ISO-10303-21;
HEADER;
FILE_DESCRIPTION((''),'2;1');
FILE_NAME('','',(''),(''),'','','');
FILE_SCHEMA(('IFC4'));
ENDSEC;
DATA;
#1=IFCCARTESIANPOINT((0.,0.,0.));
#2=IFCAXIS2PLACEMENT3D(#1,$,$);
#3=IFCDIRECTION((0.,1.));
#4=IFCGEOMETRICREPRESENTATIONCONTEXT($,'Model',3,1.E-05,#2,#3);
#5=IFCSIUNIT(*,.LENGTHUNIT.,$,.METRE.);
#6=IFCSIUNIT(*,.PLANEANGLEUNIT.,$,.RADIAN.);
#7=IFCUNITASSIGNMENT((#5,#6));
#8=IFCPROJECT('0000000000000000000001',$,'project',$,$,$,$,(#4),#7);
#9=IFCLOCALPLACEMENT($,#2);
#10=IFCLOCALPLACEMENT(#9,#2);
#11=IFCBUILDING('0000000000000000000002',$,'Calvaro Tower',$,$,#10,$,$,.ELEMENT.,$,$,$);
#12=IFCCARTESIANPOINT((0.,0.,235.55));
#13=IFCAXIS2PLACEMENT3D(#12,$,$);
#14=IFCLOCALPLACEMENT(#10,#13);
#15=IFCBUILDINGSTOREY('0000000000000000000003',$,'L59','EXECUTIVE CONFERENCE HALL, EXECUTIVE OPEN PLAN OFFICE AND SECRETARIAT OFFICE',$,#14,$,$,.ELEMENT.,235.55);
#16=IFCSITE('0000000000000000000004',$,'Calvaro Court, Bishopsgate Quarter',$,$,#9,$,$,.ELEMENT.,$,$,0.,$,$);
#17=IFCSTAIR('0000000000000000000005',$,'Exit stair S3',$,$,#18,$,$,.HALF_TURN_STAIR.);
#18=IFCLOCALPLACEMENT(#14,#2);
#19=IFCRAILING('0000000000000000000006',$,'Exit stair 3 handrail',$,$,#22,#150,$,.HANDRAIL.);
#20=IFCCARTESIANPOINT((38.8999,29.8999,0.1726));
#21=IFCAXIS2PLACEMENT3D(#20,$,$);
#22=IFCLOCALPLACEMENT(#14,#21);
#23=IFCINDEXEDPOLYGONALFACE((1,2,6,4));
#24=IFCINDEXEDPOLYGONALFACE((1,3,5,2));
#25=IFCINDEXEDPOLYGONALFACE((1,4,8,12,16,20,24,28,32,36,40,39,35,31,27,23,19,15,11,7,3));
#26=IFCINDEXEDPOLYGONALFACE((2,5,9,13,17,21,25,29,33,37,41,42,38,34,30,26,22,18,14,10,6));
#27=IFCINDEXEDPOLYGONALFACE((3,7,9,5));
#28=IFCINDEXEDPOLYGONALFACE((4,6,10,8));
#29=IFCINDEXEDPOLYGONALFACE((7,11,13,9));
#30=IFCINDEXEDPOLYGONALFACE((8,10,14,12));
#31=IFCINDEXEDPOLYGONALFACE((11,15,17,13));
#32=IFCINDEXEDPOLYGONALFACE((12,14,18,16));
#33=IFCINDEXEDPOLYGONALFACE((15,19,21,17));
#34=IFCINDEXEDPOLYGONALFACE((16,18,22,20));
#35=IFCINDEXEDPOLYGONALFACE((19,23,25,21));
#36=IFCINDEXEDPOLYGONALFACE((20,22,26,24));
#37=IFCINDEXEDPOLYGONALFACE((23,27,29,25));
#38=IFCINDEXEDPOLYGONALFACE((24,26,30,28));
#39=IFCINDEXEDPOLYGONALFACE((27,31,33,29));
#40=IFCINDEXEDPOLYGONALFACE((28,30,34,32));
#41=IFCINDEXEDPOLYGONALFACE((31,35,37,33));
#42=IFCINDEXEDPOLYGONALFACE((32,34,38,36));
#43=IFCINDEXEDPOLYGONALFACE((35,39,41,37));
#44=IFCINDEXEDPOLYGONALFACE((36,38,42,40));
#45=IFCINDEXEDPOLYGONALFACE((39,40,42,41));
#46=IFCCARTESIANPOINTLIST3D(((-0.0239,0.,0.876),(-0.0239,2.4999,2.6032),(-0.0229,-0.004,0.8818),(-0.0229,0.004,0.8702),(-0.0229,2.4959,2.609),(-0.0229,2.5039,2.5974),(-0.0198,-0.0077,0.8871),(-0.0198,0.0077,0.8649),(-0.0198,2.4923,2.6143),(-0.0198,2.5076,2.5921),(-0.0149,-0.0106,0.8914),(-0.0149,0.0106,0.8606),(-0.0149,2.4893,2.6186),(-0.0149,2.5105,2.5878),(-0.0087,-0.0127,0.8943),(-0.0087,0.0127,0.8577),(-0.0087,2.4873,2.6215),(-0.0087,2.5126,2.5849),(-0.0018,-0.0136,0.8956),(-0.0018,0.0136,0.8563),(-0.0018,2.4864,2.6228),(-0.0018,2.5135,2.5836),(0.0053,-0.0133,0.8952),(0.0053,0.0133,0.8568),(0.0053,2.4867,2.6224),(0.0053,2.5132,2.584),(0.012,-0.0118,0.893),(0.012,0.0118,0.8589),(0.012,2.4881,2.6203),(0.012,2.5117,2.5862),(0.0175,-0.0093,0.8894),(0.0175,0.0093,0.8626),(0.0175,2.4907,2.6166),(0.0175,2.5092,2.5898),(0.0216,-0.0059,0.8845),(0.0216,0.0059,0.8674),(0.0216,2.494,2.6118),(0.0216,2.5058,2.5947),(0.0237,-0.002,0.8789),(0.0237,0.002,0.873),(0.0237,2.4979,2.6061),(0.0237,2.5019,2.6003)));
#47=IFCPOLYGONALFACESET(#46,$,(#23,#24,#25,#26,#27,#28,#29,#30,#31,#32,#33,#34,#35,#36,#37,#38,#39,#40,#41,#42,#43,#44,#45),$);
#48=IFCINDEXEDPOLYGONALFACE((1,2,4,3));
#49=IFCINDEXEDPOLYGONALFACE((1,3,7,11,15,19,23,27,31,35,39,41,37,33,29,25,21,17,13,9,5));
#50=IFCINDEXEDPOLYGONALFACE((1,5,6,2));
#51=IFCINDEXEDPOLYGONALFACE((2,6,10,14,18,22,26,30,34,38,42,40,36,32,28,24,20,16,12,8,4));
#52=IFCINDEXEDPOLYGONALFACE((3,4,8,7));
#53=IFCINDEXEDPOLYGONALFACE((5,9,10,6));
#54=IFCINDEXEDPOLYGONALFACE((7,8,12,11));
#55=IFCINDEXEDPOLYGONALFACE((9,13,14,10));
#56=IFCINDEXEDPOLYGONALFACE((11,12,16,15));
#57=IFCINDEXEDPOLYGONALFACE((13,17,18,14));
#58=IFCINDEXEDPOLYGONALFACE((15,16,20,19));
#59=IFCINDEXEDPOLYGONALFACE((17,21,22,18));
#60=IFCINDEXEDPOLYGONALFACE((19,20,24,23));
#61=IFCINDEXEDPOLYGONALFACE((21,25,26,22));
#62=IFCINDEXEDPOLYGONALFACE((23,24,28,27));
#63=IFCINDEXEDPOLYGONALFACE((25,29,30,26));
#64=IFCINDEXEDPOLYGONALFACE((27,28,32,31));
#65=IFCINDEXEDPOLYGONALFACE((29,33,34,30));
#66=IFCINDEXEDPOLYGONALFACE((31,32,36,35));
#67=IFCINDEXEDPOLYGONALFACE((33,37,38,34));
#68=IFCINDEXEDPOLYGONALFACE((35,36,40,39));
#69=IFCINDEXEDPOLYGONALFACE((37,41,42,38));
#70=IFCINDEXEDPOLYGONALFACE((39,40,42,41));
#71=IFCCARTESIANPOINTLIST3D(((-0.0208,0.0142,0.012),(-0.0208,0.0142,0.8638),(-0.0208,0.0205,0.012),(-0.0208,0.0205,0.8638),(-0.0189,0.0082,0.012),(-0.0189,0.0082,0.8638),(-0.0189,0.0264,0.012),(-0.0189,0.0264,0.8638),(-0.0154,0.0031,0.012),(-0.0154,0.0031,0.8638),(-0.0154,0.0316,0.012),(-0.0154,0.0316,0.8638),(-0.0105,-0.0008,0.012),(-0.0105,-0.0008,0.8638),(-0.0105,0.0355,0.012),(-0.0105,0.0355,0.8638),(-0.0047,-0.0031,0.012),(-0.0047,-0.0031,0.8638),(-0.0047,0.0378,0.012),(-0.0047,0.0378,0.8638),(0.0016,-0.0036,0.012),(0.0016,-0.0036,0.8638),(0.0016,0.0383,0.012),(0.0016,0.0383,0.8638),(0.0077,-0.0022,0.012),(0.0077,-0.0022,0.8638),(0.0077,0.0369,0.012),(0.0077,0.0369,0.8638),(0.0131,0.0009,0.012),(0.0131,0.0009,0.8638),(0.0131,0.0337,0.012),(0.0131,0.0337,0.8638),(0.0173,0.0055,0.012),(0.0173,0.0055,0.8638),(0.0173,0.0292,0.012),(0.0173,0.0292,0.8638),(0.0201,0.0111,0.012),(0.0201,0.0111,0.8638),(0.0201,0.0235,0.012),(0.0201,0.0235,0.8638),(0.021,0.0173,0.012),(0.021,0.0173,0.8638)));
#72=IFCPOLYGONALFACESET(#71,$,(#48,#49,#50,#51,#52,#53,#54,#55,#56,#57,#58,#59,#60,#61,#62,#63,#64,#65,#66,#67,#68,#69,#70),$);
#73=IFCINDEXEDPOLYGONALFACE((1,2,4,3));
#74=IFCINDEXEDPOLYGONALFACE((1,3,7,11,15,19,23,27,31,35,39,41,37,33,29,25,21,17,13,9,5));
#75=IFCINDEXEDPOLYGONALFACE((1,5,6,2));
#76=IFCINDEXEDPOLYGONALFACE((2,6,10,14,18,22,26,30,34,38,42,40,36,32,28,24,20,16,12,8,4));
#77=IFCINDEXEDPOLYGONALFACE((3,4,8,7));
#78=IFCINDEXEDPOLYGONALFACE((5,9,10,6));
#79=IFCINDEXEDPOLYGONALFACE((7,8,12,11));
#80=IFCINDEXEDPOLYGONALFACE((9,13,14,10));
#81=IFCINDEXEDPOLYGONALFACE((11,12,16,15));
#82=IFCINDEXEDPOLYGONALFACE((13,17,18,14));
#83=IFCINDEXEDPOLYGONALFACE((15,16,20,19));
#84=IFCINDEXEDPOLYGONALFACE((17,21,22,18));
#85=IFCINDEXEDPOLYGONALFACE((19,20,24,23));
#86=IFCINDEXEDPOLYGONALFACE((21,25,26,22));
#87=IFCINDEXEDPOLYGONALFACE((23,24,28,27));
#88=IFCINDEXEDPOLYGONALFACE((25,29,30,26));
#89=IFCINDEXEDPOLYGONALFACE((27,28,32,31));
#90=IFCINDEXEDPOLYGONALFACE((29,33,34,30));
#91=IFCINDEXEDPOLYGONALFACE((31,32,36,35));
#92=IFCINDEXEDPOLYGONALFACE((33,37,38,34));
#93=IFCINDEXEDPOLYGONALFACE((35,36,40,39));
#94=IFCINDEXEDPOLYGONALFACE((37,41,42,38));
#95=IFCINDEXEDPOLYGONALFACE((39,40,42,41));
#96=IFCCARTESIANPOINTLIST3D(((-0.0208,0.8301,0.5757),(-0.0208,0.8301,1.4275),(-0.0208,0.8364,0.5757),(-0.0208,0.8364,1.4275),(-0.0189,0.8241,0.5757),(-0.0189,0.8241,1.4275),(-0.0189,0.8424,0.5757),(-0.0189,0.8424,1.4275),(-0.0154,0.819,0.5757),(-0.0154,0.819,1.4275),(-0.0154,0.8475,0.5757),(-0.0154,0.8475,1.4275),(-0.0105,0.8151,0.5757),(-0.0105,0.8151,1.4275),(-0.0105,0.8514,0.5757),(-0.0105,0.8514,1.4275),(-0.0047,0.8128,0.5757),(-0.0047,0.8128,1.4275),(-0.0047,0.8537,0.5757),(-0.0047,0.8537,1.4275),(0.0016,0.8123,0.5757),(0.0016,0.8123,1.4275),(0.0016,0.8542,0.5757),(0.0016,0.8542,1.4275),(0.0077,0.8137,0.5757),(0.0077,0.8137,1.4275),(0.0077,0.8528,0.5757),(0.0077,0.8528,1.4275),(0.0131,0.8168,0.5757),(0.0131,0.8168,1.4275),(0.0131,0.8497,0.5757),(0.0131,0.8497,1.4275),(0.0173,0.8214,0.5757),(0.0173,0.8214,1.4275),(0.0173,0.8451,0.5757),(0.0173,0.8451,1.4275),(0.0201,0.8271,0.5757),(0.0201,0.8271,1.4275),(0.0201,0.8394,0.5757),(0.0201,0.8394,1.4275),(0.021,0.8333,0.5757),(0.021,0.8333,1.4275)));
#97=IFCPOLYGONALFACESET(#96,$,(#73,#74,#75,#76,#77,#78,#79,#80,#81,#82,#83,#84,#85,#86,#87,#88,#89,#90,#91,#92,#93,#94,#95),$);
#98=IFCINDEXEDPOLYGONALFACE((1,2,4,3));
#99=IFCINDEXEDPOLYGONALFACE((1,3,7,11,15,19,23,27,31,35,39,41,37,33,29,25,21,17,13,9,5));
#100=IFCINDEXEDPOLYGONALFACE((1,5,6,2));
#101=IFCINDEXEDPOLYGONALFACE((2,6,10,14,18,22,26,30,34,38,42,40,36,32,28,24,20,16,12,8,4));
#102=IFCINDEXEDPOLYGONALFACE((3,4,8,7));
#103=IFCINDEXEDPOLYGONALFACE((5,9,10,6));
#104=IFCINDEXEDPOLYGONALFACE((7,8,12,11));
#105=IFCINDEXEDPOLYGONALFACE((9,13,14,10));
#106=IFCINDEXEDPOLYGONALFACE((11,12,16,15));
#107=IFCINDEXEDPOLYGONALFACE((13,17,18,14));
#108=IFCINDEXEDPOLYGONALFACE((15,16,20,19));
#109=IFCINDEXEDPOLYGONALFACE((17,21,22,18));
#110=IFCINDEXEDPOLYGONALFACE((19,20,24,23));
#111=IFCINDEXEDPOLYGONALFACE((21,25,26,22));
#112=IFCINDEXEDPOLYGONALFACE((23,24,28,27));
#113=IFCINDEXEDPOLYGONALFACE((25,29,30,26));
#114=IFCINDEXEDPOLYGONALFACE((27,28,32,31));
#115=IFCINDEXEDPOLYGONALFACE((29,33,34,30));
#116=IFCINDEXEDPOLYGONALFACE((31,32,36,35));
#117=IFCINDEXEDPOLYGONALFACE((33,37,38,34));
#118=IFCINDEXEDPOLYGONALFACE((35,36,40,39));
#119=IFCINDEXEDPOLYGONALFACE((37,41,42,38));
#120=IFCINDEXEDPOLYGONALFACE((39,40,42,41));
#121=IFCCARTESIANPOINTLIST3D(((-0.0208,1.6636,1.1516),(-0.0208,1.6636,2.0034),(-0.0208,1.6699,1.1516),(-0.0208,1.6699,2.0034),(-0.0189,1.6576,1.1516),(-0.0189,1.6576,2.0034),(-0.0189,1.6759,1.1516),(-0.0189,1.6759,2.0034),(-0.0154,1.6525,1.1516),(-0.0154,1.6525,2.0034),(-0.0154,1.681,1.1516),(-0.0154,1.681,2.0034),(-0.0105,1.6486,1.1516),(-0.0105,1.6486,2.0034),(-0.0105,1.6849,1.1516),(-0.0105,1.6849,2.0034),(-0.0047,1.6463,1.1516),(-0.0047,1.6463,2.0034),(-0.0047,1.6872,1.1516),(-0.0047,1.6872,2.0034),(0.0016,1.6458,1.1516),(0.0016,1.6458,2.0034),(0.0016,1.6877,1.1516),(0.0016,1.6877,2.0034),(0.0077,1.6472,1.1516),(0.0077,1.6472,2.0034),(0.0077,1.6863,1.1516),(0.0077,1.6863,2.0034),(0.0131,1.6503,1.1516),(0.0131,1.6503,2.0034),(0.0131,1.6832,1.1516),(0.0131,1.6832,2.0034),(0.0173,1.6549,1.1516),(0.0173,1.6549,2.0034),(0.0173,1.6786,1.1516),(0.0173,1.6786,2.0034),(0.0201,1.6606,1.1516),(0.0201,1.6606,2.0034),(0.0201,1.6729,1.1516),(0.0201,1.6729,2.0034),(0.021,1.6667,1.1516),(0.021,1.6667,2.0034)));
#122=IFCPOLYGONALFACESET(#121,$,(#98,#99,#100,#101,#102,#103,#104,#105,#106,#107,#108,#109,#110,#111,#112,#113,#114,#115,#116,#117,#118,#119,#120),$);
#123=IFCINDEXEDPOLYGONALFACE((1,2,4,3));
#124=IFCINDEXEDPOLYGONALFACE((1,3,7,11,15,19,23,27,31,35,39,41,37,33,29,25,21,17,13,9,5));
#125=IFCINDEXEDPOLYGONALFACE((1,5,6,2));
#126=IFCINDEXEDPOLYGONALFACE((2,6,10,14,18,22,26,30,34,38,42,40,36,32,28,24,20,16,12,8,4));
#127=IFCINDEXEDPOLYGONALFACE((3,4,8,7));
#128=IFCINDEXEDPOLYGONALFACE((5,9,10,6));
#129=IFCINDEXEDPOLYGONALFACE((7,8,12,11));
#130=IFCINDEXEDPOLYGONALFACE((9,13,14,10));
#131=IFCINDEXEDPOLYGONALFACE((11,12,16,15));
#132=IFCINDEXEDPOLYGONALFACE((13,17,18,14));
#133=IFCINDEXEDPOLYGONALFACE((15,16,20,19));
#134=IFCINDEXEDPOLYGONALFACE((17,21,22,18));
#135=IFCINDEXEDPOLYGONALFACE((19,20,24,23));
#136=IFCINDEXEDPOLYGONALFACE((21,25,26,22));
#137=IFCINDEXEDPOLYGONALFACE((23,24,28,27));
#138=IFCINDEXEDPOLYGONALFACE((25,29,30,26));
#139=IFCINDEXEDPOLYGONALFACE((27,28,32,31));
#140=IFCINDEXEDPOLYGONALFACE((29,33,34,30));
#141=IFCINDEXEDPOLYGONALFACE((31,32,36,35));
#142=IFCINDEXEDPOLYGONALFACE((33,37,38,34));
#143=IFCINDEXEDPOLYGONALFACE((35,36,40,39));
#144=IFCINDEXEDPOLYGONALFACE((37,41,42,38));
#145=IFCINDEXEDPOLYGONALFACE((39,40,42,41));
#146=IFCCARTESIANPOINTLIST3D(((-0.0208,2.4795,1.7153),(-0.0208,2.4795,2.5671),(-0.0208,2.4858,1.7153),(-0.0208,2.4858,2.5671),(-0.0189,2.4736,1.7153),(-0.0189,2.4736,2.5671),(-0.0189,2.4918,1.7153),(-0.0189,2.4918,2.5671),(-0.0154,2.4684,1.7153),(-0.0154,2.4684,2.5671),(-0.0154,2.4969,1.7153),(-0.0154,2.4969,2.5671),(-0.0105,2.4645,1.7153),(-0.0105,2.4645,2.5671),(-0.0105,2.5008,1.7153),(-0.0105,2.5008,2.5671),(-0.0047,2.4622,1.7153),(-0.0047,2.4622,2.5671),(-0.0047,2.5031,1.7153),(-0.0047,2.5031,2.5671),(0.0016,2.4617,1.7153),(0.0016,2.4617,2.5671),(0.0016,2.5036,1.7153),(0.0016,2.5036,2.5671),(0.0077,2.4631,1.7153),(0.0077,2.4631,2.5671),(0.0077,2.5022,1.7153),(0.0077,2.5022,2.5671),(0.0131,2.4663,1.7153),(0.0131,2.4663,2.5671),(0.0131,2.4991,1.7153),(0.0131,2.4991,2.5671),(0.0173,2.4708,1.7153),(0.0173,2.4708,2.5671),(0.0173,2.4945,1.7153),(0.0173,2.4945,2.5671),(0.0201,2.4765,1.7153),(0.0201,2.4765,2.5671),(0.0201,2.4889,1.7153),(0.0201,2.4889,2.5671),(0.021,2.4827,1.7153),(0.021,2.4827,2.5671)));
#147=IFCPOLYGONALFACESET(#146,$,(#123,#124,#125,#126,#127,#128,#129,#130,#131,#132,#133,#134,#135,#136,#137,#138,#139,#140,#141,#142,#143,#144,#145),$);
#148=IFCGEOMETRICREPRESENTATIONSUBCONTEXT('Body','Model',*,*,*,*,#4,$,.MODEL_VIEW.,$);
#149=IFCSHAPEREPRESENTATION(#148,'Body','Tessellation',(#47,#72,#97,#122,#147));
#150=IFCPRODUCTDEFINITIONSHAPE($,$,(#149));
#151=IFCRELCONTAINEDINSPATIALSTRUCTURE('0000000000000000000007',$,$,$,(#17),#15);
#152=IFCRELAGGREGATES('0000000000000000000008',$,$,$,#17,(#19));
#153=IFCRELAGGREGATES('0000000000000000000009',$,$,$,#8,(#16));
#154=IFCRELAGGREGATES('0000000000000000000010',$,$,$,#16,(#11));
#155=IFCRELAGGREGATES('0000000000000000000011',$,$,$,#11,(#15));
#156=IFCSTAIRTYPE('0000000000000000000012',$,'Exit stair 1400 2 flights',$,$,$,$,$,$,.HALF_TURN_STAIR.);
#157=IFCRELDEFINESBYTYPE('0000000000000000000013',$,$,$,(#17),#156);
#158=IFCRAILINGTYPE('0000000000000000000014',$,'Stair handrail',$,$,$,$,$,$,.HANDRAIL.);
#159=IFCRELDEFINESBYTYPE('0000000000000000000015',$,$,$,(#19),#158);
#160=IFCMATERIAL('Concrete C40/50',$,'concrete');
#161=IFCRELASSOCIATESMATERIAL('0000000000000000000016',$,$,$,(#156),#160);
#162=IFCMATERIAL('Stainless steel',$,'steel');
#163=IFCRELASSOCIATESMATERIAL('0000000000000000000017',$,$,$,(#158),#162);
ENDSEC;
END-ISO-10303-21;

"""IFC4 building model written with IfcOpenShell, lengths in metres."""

from ifc_helpers import new_model, si_unit, direction, frame, origin, origin_2d, place, context, subcontext, project, spatial, circle, extrude, material, type_object, element, aggregate, save


model = new_model("IFC4")

# Units and contexts
model_context = context("Model", 3, precision=1e-05, world=origin(), true_north=direction((0.0, 1.0)))
body_context = subcontext(model_context, "Body", "Model", "MODEL_VIEW")
ifc_project = project(units=[si_unit("LENGTHUNIT", "METRE"), si_unit("PLANEANGLEUNIT", "RADIAN")], contexts=[model_context])

# Site, building, storey
site_placement = place(None, origin())
site = spatial("IfcSite", under=ifc_project, at=site_placement, Name="Calvaro Court, Bishopsgate Quarter", CompositionType="ELEMENT", RefElevation=0.0)
building_placement = place(site_placement, origin())
building = spatial("IfcBuilding", under=site, at=building_placement, Name="Calvaro Tower", CompositionType="ELEMENT")
storey_placement = place(building_placement, frame((0.0, 0.0, 235.55)))
storey = spatial("IfcBuildingStorey", under=building, at=storey_placement, Name="L59", Description="EXECUTIVE CONFERENCE HALL, EXECUTIVE OPEN PLAN OFFICE AND SECRETARIAT OFFICE", CompositionType="ELEMENT", Elevation=235.55)

# Stair
ifc_material_1 = material(Name="Concrete C40/50", Category="concrete")
stair_type = type_object("IfcStairType", Name="Exit stair 1400 2 flights", PredefinedType="HALF_TURN_STAIR", material=ifc_material_1)
stair_1_placement = place(storey_placement, origin())
stair_1 = element("IfcStair", 1, at=stair_1_placement, inside=storey, type_object=stair_type, Name="Exit stair S3", PredefinedType="HALF_TURN_STAIR")

# Railing
ifc_material_2 = material(Name="Stainless steel", Category="steel")
railing_type = type_object("IfcRailingType", Name="Stair handrail", PredefinedType="HANDRAIL", material=ifc_material_2)
railing_1_placement = place(storey_placement, frame((38.8999, 29.8999, 0.1726)))
railing_1 = element("IfcRailing", 2, at=railing_1_placement, type_object=railing_type, Name="Exit stair 3 handrail", PredefinedType="HANDRAIL", context=body_context, shape_type="SweptSolid", body=[
    extrude(circle(Radius=0.0239, at=origin_2d()), frame((0.0, 0.0, 0.876), z_axis=(0.0, 0.822727, 0.568437), x_axis=(-1.0, 0.0, 0.0)), (0.0, 0.0, 1.0), 3.0386),
    extrude(circle(Radius=0.021, at=origin_2d()), frame((0.0, 0.0173, 0.012)), (0.0, 0.0, 1.0), 0.8518),
    extrude(circle(Radius=0.021, at=origin_2d()), frame((0.0, 0.8333, 0.5757)), (0.0, 0.0, 1.0), 0.8518),
    extrude(circle(Radius=0.021, at=origin_2d()), frame((0.0, 1.6667, 1.1516)), (0.0, 0.0, 1.0), 0.8518),
    extrude(circle(Radius=0.021, at=origin_2d()), frame((0.0, 2.4827, 1.7153)), (0.0, 0.0, 1.0), 0.8518),
])
aggregate(stair_1, [railing_1])

save(model, "model.ifc")
